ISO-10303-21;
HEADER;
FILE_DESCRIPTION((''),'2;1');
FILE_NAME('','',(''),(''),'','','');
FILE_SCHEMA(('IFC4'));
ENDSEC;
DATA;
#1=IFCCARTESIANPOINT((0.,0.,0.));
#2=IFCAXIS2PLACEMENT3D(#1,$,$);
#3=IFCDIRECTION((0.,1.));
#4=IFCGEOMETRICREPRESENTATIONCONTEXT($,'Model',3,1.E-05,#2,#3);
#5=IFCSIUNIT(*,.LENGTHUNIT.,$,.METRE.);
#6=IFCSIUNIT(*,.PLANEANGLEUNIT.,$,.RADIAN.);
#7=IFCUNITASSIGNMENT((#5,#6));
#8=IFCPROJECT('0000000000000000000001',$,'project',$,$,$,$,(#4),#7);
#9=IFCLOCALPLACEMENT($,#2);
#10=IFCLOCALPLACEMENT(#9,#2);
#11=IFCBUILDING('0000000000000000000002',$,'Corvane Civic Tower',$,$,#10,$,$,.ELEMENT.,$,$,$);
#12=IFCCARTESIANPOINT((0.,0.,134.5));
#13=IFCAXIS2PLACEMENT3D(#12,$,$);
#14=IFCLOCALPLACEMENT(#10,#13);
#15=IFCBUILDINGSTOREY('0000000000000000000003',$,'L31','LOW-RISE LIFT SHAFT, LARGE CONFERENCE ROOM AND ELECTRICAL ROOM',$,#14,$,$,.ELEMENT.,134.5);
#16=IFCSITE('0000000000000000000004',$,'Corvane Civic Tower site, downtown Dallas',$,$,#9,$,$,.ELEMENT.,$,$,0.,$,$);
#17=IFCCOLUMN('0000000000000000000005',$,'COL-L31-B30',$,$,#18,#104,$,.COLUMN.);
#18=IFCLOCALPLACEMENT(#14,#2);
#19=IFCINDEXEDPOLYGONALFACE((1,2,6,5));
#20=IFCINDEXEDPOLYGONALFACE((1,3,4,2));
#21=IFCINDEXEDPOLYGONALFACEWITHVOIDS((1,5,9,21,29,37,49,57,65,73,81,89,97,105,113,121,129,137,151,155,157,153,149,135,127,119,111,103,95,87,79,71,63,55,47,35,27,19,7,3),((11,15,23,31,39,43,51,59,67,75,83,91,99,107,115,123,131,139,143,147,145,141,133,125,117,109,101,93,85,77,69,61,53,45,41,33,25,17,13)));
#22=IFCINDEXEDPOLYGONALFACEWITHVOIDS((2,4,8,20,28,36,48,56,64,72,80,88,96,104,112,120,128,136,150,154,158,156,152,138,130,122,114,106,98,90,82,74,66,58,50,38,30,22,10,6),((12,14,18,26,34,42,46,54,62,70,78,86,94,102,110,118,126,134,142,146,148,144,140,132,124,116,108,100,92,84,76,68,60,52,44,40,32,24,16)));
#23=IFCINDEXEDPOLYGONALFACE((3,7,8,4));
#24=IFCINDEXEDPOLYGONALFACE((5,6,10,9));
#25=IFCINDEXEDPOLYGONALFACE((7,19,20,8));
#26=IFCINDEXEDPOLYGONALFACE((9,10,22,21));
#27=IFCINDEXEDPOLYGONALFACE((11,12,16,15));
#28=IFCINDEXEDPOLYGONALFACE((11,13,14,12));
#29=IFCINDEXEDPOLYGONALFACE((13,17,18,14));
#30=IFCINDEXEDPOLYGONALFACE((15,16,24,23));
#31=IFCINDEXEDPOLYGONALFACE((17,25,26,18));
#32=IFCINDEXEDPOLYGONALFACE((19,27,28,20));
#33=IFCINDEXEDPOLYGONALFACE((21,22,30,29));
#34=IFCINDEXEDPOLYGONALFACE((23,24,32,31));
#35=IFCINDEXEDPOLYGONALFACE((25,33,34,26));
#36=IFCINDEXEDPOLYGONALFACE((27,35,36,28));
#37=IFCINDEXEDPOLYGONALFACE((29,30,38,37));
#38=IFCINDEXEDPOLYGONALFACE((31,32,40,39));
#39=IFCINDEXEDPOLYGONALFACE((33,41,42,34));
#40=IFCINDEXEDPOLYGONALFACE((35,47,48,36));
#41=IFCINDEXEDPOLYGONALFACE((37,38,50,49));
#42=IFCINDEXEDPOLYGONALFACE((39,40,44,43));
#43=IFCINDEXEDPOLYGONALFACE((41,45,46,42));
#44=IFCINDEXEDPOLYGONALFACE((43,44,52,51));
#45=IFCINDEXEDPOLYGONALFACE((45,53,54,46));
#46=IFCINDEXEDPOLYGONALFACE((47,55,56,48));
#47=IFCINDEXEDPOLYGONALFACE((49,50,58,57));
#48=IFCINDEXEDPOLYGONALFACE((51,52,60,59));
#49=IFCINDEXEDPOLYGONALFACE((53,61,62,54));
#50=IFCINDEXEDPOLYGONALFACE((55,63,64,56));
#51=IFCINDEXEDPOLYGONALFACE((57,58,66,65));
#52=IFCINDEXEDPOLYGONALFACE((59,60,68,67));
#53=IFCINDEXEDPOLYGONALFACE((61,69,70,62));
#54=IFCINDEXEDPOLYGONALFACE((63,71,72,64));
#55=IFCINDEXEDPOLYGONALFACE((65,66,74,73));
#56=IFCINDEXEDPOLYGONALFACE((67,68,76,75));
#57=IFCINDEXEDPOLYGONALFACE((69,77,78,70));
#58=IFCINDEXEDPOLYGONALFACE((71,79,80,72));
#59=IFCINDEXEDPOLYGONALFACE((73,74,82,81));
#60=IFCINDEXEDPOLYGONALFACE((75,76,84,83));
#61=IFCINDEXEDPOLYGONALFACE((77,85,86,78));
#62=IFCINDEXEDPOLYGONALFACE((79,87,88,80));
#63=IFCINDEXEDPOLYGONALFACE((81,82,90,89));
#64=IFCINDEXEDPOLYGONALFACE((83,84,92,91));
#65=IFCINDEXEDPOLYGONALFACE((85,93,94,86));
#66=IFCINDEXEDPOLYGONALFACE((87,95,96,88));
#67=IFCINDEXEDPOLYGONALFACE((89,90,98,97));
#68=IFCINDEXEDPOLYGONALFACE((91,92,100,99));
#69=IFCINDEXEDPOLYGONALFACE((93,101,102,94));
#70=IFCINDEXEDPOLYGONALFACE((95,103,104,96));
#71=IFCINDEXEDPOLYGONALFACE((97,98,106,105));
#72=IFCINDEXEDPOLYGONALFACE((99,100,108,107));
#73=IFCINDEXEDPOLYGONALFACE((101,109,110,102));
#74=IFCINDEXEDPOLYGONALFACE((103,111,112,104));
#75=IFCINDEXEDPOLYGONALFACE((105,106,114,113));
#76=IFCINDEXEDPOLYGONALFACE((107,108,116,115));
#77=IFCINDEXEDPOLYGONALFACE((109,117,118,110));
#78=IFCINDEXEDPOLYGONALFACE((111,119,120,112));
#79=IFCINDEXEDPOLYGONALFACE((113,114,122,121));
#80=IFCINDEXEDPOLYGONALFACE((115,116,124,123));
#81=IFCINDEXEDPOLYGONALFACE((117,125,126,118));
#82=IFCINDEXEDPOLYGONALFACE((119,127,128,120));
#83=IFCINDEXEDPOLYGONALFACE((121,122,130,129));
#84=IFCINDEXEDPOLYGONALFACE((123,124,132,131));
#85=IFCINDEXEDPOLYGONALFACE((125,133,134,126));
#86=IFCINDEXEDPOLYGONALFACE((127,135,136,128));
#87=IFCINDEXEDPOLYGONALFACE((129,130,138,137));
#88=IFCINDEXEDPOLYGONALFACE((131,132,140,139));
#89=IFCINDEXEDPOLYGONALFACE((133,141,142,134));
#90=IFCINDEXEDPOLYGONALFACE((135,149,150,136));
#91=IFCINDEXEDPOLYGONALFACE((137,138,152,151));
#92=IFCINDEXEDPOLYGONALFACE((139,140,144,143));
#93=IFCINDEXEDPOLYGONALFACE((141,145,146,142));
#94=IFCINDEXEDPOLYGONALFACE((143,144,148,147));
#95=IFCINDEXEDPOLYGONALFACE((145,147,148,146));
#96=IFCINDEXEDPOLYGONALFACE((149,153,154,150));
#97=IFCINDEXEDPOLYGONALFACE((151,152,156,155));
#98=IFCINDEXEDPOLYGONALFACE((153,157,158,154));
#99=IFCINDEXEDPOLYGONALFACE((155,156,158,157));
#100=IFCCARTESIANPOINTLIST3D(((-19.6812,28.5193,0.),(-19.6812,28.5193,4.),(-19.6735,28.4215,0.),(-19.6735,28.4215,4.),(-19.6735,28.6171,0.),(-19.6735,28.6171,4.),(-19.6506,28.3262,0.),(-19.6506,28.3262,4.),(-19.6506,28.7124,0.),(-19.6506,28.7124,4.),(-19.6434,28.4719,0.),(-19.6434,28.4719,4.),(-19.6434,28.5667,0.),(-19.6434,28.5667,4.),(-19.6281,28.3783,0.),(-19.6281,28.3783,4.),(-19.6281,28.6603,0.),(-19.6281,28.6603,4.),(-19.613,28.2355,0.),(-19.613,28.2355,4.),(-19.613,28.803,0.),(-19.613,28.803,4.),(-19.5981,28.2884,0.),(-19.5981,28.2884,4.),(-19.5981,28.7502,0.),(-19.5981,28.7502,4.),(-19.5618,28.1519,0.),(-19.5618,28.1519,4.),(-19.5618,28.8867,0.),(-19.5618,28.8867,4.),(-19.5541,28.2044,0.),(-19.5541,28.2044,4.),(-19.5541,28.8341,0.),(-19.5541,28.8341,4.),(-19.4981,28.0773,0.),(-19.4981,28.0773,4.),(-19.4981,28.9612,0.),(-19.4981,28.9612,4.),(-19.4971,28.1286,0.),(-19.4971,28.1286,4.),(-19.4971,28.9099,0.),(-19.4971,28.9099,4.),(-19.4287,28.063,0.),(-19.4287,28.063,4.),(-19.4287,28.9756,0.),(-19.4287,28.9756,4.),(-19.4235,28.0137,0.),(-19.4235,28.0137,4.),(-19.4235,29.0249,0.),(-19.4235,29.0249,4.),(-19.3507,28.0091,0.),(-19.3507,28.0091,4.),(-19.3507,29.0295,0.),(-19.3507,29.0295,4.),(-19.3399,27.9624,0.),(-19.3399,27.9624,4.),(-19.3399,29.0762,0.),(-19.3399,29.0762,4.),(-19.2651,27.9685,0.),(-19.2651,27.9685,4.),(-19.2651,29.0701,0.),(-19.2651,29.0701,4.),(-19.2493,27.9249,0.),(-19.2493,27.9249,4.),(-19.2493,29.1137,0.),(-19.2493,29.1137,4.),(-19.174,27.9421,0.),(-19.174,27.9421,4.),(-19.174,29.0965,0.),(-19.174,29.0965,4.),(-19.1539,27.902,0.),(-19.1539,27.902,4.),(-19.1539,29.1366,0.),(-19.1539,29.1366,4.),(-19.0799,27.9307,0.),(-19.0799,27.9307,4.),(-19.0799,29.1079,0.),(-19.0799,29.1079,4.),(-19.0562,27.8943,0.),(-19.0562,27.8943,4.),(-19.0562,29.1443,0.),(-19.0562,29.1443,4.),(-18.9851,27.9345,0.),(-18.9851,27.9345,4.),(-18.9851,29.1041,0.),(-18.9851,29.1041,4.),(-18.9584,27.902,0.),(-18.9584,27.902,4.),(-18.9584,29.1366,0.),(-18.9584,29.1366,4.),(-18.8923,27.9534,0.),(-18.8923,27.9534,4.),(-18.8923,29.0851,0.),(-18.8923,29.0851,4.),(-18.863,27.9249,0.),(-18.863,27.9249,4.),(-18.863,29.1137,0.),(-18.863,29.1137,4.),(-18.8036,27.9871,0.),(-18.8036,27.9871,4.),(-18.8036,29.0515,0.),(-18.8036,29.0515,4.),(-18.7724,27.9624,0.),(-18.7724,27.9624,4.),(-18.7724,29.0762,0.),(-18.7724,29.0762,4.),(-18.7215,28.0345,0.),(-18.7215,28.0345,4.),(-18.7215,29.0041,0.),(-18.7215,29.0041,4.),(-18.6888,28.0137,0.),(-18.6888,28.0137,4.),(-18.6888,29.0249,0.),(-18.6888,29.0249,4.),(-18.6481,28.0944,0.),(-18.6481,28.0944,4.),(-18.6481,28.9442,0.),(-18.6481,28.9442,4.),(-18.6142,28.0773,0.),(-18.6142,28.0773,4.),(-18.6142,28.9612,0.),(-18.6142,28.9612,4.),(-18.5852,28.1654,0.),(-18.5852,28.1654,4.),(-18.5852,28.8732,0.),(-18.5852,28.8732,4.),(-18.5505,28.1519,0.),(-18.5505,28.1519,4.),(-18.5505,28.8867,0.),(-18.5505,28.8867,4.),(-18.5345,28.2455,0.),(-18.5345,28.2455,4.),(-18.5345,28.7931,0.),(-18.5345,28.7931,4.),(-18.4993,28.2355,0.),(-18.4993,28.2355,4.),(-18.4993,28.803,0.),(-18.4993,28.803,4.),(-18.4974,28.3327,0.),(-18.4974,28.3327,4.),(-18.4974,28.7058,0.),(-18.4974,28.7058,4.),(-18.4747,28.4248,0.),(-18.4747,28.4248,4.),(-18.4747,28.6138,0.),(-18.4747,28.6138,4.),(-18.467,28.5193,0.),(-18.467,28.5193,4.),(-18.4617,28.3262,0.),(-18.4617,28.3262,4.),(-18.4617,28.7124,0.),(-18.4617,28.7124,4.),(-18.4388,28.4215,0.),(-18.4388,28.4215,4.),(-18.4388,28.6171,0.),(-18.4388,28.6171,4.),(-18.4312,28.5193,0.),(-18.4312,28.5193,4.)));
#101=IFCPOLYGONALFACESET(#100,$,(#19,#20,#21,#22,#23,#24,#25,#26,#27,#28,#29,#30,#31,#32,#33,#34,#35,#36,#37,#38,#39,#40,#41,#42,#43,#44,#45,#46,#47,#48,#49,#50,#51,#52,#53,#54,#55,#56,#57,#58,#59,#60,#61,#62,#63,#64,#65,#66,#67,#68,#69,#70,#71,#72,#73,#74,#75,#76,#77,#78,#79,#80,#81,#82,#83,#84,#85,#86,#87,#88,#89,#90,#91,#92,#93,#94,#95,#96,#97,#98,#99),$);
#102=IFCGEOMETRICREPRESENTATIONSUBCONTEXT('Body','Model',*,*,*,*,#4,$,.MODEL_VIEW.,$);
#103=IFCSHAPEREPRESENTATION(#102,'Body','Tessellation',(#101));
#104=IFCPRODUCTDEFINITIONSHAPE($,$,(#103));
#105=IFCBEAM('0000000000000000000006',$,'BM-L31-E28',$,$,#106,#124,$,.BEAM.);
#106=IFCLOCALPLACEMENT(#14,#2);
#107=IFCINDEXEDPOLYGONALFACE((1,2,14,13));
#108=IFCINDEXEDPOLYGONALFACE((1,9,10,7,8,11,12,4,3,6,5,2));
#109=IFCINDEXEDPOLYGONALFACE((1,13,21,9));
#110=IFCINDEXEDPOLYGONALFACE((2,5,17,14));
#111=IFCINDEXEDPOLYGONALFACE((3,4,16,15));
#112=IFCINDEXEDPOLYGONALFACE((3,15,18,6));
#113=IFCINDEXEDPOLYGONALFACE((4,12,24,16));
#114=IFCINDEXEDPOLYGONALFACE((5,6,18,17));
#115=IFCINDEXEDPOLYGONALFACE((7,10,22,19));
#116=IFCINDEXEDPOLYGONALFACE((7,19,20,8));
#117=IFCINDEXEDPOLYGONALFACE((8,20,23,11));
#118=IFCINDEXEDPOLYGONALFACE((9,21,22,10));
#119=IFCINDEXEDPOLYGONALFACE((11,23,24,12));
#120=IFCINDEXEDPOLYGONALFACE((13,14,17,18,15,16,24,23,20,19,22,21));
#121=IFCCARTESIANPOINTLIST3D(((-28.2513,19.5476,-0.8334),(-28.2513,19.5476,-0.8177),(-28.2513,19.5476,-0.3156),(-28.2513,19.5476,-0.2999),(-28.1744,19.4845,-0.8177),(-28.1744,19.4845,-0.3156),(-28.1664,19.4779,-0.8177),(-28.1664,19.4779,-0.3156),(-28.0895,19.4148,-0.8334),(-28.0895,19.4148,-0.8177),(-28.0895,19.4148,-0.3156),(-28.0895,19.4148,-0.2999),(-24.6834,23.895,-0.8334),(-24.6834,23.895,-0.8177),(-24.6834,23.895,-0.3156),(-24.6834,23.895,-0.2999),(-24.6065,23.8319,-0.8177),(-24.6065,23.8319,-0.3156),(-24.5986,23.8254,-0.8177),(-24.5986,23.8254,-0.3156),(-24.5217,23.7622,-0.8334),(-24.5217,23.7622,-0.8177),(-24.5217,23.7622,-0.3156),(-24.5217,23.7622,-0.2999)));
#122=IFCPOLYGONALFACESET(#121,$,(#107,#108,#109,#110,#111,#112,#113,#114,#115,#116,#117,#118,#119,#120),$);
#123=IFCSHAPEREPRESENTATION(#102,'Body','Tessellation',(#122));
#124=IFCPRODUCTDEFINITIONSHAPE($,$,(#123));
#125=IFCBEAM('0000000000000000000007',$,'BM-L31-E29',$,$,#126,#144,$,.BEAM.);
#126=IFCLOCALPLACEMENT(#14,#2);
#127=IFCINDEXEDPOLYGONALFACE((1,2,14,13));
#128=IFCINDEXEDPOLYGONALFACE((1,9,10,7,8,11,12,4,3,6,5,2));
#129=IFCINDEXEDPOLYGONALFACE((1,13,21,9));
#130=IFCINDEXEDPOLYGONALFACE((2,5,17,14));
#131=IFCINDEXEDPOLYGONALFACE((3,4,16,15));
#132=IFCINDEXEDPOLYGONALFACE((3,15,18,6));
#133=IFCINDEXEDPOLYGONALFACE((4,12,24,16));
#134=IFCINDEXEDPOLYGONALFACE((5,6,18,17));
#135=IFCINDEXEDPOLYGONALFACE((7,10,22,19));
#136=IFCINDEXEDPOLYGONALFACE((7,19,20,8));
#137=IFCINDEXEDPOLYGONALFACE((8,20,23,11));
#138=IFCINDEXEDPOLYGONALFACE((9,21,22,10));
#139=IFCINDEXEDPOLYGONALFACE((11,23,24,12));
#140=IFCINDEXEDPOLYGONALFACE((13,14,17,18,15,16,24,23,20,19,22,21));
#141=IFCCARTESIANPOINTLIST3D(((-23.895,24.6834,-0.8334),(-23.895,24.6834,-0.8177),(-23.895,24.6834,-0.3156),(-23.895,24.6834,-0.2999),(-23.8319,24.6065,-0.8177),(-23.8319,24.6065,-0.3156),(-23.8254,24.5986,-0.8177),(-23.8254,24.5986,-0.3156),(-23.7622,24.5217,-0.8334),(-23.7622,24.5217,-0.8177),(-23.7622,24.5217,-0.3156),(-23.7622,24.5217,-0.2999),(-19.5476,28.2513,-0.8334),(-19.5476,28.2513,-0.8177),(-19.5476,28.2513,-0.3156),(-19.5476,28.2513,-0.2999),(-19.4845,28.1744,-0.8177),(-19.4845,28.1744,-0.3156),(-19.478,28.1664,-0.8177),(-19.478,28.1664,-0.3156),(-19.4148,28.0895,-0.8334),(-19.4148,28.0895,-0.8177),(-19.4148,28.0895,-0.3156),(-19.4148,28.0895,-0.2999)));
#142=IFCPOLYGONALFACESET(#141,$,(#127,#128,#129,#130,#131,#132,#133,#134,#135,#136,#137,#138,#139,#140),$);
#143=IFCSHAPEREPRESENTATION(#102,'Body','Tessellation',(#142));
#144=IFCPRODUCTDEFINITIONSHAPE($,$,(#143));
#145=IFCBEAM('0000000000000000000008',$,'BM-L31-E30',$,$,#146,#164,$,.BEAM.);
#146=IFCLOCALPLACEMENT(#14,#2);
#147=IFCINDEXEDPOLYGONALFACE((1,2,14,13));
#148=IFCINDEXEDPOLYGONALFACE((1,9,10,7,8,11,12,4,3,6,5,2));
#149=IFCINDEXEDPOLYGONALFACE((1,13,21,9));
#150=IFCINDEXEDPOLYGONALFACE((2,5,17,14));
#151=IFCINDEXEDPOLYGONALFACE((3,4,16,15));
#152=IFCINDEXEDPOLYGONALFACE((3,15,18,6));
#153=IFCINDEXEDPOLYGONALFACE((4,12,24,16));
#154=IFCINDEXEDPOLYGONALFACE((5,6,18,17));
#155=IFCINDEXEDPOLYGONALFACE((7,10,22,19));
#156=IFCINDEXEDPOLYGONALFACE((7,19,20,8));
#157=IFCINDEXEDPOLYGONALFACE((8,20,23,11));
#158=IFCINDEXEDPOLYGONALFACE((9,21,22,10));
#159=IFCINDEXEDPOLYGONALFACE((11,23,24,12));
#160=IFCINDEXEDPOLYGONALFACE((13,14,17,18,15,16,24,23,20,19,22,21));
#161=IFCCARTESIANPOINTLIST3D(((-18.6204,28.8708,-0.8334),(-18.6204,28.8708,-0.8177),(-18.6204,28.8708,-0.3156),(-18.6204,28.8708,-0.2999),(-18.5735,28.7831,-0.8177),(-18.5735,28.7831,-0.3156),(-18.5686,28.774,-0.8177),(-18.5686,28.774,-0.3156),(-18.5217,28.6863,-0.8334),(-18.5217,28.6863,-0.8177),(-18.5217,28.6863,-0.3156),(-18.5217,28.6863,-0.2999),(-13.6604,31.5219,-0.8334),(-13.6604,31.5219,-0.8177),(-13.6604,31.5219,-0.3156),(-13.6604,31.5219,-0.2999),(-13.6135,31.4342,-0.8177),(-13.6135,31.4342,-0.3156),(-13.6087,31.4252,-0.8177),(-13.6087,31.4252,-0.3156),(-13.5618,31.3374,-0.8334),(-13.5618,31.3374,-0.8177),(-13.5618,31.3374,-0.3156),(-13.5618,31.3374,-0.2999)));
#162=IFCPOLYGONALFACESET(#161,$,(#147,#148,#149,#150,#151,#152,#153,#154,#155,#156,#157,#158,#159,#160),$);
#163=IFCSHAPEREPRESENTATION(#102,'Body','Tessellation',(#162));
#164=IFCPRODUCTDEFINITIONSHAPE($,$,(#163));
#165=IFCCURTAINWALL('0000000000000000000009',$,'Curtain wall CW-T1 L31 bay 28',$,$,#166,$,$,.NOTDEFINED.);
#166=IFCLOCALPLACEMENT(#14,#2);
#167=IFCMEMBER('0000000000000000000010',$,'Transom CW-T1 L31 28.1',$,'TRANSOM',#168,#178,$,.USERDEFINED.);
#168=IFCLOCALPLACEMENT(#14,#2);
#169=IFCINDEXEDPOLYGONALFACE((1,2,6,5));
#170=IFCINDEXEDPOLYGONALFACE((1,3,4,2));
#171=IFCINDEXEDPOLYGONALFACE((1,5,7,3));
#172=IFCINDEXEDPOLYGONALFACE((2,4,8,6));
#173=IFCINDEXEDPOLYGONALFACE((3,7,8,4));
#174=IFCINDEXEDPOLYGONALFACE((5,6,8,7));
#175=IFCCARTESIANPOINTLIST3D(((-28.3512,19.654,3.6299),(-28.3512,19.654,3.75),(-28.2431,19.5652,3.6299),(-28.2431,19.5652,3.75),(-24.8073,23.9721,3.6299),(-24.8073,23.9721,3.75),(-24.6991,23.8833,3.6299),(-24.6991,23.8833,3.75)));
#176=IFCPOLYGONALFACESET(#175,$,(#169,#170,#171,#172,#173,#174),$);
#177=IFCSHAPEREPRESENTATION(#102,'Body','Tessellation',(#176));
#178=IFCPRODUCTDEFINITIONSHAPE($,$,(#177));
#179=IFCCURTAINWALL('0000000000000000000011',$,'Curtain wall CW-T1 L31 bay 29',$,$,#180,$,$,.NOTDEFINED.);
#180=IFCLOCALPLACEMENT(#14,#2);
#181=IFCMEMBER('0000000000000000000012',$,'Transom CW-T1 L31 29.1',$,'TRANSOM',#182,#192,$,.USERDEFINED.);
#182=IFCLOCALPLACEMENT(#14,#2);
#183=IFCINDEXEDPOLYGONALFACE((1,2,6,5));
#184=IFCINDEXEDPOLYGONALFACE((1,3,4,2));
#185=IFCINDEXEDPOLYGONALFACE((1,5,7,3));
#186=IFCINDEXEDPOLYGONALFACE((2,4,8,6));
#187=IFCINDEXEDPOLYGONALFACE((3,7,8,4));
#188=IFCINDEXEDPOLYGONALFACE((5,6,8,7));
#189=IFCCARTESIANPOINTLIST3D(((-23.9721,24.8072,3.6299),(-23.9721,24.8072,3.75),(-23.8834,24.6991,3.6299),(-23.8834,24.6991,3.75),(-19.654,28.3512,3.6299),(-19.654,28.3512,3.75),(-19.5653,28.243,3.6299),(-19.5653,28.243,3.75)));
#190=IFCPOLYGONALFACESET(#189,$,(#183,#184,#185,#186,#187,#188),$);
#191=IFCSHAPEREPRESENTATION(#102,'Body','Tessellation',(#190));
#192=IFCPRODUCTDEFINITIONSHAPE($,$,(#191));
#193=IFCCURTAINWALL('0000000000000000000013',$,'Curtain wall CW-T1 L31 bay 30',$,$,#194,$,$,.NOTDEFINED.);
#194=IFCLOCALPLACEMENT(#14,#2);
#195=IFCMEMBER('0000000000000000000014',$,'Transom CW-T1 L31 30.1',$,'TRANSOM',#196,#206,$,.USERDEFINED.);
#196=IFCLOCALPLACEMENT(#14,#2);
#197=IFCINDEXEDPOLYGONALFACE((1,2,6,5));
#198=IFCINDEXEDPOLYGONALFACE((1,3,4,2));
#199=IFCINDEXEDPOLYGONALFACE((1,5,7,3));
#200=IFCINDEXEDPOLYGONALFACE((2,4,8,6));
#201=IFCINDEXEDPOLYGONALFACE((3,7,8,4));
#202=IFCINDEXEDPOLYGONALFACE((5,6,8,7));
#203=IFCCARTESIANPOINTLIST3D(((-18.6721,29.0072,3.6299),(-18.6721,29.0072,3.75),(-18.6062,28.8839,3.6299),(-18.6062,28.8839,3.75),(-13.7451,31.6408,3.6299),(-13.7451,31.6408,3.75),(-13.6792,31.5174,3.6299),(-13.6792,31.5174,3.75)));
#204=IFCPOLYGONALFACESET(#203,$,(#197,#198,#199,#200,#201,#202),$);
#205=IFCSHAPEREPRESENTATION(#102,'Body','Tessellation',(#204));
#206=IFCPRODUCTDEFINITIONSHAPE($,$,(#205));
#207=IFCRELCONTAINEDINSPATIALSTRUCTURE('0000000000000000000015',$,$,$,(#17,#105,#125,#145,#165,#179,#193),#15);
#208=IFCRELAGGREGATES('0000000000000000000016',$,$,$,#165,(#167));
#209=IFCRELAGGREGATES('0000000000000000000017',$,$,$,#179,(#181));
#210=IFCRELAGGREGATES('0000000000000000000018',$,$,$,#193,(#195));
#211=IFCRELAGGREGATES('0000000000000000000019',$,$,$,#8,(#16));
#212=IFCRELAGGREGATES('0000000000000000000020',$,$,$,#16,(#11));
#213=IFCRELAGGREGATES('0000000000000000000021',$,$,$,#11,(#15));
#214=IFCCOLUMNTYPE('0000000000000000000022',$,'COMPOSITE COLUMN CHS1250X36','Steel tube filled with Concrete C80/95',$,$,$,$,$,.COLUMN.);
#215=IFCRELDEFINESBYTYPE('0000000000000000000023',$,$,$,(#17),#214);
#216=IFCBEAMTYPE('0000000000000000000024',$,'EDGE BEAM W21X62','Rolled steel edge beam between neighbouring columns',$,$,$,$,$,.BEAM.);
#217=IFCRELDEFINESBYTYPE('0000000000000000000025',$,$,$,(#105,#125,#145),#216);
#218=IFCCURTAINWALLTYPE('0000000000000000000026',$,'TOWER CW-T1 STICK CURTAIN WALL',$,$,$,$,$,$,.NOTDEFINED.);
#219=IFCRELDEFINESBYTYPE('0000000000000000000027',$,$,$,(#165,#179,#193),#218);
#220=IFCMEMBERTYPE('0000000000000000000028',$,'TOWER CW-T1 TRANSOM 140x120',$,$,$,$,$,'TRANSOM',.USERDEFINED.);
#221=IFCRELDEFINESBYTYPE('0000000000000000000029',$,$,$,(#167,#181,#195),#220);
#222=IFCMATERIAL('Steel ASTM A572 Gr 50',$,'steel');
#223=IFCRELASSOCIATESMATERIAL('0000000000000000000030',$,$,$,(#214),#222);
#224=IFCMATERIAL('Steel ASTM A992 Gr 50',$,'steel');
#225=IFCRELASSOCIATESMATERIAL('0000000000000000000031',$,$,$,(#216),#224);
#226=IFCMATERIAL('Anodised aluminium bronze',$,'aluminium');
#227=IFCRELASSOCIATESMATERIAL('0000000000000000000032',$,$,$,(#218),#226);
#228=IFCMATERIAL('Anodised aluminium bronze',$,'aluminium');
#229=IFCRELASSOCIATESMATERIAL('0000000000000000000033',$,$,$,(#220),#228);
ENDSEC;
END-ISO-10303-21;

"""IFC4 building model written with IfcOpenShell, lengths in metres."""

from ifc_helpers import new_model, si_unit, direction, frame, origin, origin_2d, place, context, subcontext, project, spatial, rectangle, hollow_circle, i_section, extrude, material, material_profile, profile_set, type_object, element, aggregate, save


model = new_model("IFC4")

# Units and contexts
model_context = context("Model", 3, precision=1e-05, world=origin(), true_north=direction((0.0, 1.0)))
body_context = subcontext(model_context, "Body", "Model", "MODEL_VIEW")
ifc_project = project(units=[si_unit("LENGTHUNIT", "METRE"), si_unit("PLANEANGLEUNIT", "RADIAN")], contexts=[model_context])

# Site, building, storey
site_placement = place(None, origin())
site = spatial("IfcSite", under=ifc_project, at=site_placement, Name="Corvane Civic Tower site, downtown Dallas", CompositionType="ELEMENT", RefElevation=0.0)
building_placement = place(site_placement, origin())
building = spatial("IfcBuilding", under=site, at=building_placement, Name="Corvane Civic Tower", CompositionType="ELEMENT")
storey_placement = place(building_placement, frame((0.0, 0.0, 134.5)))
storey = spatial("IfcBuildingStorey", under=building, at=storey_placement, Name="L31", Description="LOW-RISE LIFT SHAFT, LARGE CONFERENCE ROOM AND ELECTRICAL ROOM", CompositionType="ELEMENT", Elevation=134.5)

# Column
ifc_material_1 = material(Name="Steel ASTM A572 Gr 50", Category="steel")
ifc_material_profile_1 = material_profile(ifc_material_1, hollow_circle(Radius=0.625, WallThickness=0.0359, at=origin_2d()), Name="CHS1250X36")
ifc_profile_set_1 = profile_set([ifc_material_profile_1], Name="Steel ASTM A572 Gr 50")
column_type = type_object("IfcColumnType", Name="COMPOSITE COLUMN CHS1250X36", Description="Steel tube filled with Concrete C80/95", PredefinedType="COLUMN", material=ifc_profile_set_1)
for number, where, z_axis, x_axis, name in (
    (1, (-19.0562, 28.5193, 0.0), (0.0, 0.0, 1.0), (1.0, 0.0, 0.0), "COL-L31-B30"),
):
    element("IfcColumn", number, at=place(storey_placement, frame(where, z_axis=z_axis, x_axis=x_axis)), inside=storey, type_object=column_type, Name=name, PredefinedType="COLUMN", context=body_context, shape_type="SweptSolid", body=[
        extrude(hollow_circle(Radius=0.625, WallThickness=0.0359, at=origin_2d()), origin(), (0.0, 0.0, 1.0), 4.0),
    ])

# Beams
ifc_material_2 = material(Name="Steel ASTM A992 Gr 50", Category="steel")
ifc_material_profile_2 = material_profile(ifc_material_2, i_section(OverallWidth=0.2092, OverallDepth=0.5334, WebThickness=0.0103, FlangeThickness=0.0156, at=origin_2d()), Name="W21X62")
ifc_profile_set_2 = profile_set([ifc_material_profile_2], Name="Steel ASTM A992 Gr 50")
beam_type = type_object("IfcBeamType", Name="EDGE BEAM W21X62", Description="Rolled steel edge beam between neighbouring columns", PredefinedType="BEAM", material=ifc_profile_set_2)
for number, where, z_axis, x_axis, name in (
    (2, (-28.1704, 19.4812, -0.5667), (0.634398, 0.773007, 0.0), (-0.773007, 0.634398, 0.0), "BM-L31-E28"),
    (3, (-23.8286, 24.6025, -0.5667), (0.773007, 0.634398, 0.0), (-0.634398, 0.773007, 0.0), "BM-L31-E29"),
    (4, (-18.571, 28.7786, -0.5667), (0.881924, 0.471392, 0.0), (-0.471392, 0.881924, 0.0), "BM-L31-E30"),
):
    element("IfcBeam", number, at=place(storey_placement, frame(where, z_axis=z_axis, x_axis=x_axis)), inside=storey, type_object=beam_type, Name=name, PredefinedType="BEAM", context=body_context, shape_type="SweptSolid", body=[
        extrude(i_section(OverallWidth=0.2092, OverallDepth=0.5334, WebThickness=0.0103, FlangeThickness=0.0156, at=origin_2d()), origin(), (0.0, 0.0, 1.0), 5.624),
    ])

# Curtain walls, members
ifc_material_3 = material(Name="Anodised aluminium bronze", Category="aluminium")
curtain_wall_type = type_object("IfcCurtainWallType", Name="TOWER CW-T1 STICK CURTAIN WALL", PredefinedType="NOTDEFINED", material=ifc_material_3)
curtain_wall_1_placement = place(storey_placement, origin())
curtain_wall_1 = element("IfcCurtainWall", 5, at=curtain_wall_1_placement, inside=storey, type_object=curtain_wall_type, Name="Curtain wall CW-T1 L31 bay 28", PredefinedType="NOTDEFINED")
ifc_material_4 = material(Name="Anodised aluminium bronze", Category="aluminium")
ifc_material_profile_3 = material_profile(ifc_material_4, rectangle(XDim=0.1399, YDim=0.1201, at=origin_2d()), Name="TOWER CW-T1 TRANSOM 140x120")
ifc_profile_set_3 = profile_set([ifc_material_profile_3], Name="Anodised aluminium bronze")
member_type = type_object("IfcMemberType", Name="TOWER CW-T1 TRANSOM 140x120", ElementType="TRANSOM", PredefinedType="USERDEFINED", material=ifc_profile_set_3)
member_1_placement = place(storey_placement, frame((-28.2971, 19.6096, 3.6899), z_axis=(0.63441, 0.772996, 0.0), x_axis=(-0.772996, 0.63441, 0.0)))
member_1 = element("IfcMember", 6, at=member_1_placement, type_object=member_type, Name="Transom CW-T1 L31 28.1", ObjectType="TRANSOM", PredefinedType="USERDEFINED", context=body_context, shape_type="SweptSolid", body=[
    extrude(rectangle(XDim=0.1399, YDim=0.1201, at=origin_2d()), origin(), (0.0, 0.0, 1.0), 5.5862),
])
curtain_wall_2_placement = place(storey_placement, origin())
curtain_wall_2 = element("IfcCurtainWall", 7, at=curtain_wall_2_placement, inside=storey, type_object=curtain_wall_type, Name="Curtain wall CW-T1 L31 bay 29", PredefinedType="NOTDEFINED")
member_2_placement = place(storey_placement, frame((-23.9277, 24.7532, 3.6899), z_axis=(0.772996, 0.63441, 0.0), x_axis=(-0.63441, 0.772996, 0.0)))
member_2 = element("IfcMember", 8, at=member_2_placement, type_object=member_type, Name="Transom CW-T1 L31 29.1", ObjectType="TRANSOM", PredefinedType="USERDEFINED", context=body_context, shape_type="SweptSolid", body=[
    extrude(rectangle(XDim=0.1399, YDim=0.1201, at=origin_2d()), origin(), (0.0, 0.0, 1.0), 5.5862),
])
curtain_wall_3_placement = place(storey_placement, origin())
curtain_wall_3 = element("IfcCurtainWall", 9, at=curtain_wall_3_placement, inside=storey, type_object=curtain_wall_type, Name="Curtain wall CW-T1 L31 bay 30", PredefinedType="NOTDEFINED")
member_3_placement = place(storey_placement, frame((-18.6392, 28.9456, 3.6899), z_axis=(0.881921, 0.471398, 0.0), x_axis=(-0.471398, 0.881921, 0.0)))
member_3 = element("IfcMember", 10, at=member_3_placement, type_object=member_type, Name="Transom CW-T1 L31 30.1", ObjectType="TRANSOM", PredefinedType="USERDEFINED", context=body_context, shape_type="SweptSolid", body=[
    extrude(rectangle(XDim=0.1399, YDim=0.1201, at=origin_2d()), origin(), (0.0, 0.0, 1.0), 5.5867),
])

aggregate(curtain_wall_1, [member_1])
aggregate(curtain_wall_2, [member_2])
aggregate(curtain_wall_3, [member_3])

save(model, "model.ifc")
